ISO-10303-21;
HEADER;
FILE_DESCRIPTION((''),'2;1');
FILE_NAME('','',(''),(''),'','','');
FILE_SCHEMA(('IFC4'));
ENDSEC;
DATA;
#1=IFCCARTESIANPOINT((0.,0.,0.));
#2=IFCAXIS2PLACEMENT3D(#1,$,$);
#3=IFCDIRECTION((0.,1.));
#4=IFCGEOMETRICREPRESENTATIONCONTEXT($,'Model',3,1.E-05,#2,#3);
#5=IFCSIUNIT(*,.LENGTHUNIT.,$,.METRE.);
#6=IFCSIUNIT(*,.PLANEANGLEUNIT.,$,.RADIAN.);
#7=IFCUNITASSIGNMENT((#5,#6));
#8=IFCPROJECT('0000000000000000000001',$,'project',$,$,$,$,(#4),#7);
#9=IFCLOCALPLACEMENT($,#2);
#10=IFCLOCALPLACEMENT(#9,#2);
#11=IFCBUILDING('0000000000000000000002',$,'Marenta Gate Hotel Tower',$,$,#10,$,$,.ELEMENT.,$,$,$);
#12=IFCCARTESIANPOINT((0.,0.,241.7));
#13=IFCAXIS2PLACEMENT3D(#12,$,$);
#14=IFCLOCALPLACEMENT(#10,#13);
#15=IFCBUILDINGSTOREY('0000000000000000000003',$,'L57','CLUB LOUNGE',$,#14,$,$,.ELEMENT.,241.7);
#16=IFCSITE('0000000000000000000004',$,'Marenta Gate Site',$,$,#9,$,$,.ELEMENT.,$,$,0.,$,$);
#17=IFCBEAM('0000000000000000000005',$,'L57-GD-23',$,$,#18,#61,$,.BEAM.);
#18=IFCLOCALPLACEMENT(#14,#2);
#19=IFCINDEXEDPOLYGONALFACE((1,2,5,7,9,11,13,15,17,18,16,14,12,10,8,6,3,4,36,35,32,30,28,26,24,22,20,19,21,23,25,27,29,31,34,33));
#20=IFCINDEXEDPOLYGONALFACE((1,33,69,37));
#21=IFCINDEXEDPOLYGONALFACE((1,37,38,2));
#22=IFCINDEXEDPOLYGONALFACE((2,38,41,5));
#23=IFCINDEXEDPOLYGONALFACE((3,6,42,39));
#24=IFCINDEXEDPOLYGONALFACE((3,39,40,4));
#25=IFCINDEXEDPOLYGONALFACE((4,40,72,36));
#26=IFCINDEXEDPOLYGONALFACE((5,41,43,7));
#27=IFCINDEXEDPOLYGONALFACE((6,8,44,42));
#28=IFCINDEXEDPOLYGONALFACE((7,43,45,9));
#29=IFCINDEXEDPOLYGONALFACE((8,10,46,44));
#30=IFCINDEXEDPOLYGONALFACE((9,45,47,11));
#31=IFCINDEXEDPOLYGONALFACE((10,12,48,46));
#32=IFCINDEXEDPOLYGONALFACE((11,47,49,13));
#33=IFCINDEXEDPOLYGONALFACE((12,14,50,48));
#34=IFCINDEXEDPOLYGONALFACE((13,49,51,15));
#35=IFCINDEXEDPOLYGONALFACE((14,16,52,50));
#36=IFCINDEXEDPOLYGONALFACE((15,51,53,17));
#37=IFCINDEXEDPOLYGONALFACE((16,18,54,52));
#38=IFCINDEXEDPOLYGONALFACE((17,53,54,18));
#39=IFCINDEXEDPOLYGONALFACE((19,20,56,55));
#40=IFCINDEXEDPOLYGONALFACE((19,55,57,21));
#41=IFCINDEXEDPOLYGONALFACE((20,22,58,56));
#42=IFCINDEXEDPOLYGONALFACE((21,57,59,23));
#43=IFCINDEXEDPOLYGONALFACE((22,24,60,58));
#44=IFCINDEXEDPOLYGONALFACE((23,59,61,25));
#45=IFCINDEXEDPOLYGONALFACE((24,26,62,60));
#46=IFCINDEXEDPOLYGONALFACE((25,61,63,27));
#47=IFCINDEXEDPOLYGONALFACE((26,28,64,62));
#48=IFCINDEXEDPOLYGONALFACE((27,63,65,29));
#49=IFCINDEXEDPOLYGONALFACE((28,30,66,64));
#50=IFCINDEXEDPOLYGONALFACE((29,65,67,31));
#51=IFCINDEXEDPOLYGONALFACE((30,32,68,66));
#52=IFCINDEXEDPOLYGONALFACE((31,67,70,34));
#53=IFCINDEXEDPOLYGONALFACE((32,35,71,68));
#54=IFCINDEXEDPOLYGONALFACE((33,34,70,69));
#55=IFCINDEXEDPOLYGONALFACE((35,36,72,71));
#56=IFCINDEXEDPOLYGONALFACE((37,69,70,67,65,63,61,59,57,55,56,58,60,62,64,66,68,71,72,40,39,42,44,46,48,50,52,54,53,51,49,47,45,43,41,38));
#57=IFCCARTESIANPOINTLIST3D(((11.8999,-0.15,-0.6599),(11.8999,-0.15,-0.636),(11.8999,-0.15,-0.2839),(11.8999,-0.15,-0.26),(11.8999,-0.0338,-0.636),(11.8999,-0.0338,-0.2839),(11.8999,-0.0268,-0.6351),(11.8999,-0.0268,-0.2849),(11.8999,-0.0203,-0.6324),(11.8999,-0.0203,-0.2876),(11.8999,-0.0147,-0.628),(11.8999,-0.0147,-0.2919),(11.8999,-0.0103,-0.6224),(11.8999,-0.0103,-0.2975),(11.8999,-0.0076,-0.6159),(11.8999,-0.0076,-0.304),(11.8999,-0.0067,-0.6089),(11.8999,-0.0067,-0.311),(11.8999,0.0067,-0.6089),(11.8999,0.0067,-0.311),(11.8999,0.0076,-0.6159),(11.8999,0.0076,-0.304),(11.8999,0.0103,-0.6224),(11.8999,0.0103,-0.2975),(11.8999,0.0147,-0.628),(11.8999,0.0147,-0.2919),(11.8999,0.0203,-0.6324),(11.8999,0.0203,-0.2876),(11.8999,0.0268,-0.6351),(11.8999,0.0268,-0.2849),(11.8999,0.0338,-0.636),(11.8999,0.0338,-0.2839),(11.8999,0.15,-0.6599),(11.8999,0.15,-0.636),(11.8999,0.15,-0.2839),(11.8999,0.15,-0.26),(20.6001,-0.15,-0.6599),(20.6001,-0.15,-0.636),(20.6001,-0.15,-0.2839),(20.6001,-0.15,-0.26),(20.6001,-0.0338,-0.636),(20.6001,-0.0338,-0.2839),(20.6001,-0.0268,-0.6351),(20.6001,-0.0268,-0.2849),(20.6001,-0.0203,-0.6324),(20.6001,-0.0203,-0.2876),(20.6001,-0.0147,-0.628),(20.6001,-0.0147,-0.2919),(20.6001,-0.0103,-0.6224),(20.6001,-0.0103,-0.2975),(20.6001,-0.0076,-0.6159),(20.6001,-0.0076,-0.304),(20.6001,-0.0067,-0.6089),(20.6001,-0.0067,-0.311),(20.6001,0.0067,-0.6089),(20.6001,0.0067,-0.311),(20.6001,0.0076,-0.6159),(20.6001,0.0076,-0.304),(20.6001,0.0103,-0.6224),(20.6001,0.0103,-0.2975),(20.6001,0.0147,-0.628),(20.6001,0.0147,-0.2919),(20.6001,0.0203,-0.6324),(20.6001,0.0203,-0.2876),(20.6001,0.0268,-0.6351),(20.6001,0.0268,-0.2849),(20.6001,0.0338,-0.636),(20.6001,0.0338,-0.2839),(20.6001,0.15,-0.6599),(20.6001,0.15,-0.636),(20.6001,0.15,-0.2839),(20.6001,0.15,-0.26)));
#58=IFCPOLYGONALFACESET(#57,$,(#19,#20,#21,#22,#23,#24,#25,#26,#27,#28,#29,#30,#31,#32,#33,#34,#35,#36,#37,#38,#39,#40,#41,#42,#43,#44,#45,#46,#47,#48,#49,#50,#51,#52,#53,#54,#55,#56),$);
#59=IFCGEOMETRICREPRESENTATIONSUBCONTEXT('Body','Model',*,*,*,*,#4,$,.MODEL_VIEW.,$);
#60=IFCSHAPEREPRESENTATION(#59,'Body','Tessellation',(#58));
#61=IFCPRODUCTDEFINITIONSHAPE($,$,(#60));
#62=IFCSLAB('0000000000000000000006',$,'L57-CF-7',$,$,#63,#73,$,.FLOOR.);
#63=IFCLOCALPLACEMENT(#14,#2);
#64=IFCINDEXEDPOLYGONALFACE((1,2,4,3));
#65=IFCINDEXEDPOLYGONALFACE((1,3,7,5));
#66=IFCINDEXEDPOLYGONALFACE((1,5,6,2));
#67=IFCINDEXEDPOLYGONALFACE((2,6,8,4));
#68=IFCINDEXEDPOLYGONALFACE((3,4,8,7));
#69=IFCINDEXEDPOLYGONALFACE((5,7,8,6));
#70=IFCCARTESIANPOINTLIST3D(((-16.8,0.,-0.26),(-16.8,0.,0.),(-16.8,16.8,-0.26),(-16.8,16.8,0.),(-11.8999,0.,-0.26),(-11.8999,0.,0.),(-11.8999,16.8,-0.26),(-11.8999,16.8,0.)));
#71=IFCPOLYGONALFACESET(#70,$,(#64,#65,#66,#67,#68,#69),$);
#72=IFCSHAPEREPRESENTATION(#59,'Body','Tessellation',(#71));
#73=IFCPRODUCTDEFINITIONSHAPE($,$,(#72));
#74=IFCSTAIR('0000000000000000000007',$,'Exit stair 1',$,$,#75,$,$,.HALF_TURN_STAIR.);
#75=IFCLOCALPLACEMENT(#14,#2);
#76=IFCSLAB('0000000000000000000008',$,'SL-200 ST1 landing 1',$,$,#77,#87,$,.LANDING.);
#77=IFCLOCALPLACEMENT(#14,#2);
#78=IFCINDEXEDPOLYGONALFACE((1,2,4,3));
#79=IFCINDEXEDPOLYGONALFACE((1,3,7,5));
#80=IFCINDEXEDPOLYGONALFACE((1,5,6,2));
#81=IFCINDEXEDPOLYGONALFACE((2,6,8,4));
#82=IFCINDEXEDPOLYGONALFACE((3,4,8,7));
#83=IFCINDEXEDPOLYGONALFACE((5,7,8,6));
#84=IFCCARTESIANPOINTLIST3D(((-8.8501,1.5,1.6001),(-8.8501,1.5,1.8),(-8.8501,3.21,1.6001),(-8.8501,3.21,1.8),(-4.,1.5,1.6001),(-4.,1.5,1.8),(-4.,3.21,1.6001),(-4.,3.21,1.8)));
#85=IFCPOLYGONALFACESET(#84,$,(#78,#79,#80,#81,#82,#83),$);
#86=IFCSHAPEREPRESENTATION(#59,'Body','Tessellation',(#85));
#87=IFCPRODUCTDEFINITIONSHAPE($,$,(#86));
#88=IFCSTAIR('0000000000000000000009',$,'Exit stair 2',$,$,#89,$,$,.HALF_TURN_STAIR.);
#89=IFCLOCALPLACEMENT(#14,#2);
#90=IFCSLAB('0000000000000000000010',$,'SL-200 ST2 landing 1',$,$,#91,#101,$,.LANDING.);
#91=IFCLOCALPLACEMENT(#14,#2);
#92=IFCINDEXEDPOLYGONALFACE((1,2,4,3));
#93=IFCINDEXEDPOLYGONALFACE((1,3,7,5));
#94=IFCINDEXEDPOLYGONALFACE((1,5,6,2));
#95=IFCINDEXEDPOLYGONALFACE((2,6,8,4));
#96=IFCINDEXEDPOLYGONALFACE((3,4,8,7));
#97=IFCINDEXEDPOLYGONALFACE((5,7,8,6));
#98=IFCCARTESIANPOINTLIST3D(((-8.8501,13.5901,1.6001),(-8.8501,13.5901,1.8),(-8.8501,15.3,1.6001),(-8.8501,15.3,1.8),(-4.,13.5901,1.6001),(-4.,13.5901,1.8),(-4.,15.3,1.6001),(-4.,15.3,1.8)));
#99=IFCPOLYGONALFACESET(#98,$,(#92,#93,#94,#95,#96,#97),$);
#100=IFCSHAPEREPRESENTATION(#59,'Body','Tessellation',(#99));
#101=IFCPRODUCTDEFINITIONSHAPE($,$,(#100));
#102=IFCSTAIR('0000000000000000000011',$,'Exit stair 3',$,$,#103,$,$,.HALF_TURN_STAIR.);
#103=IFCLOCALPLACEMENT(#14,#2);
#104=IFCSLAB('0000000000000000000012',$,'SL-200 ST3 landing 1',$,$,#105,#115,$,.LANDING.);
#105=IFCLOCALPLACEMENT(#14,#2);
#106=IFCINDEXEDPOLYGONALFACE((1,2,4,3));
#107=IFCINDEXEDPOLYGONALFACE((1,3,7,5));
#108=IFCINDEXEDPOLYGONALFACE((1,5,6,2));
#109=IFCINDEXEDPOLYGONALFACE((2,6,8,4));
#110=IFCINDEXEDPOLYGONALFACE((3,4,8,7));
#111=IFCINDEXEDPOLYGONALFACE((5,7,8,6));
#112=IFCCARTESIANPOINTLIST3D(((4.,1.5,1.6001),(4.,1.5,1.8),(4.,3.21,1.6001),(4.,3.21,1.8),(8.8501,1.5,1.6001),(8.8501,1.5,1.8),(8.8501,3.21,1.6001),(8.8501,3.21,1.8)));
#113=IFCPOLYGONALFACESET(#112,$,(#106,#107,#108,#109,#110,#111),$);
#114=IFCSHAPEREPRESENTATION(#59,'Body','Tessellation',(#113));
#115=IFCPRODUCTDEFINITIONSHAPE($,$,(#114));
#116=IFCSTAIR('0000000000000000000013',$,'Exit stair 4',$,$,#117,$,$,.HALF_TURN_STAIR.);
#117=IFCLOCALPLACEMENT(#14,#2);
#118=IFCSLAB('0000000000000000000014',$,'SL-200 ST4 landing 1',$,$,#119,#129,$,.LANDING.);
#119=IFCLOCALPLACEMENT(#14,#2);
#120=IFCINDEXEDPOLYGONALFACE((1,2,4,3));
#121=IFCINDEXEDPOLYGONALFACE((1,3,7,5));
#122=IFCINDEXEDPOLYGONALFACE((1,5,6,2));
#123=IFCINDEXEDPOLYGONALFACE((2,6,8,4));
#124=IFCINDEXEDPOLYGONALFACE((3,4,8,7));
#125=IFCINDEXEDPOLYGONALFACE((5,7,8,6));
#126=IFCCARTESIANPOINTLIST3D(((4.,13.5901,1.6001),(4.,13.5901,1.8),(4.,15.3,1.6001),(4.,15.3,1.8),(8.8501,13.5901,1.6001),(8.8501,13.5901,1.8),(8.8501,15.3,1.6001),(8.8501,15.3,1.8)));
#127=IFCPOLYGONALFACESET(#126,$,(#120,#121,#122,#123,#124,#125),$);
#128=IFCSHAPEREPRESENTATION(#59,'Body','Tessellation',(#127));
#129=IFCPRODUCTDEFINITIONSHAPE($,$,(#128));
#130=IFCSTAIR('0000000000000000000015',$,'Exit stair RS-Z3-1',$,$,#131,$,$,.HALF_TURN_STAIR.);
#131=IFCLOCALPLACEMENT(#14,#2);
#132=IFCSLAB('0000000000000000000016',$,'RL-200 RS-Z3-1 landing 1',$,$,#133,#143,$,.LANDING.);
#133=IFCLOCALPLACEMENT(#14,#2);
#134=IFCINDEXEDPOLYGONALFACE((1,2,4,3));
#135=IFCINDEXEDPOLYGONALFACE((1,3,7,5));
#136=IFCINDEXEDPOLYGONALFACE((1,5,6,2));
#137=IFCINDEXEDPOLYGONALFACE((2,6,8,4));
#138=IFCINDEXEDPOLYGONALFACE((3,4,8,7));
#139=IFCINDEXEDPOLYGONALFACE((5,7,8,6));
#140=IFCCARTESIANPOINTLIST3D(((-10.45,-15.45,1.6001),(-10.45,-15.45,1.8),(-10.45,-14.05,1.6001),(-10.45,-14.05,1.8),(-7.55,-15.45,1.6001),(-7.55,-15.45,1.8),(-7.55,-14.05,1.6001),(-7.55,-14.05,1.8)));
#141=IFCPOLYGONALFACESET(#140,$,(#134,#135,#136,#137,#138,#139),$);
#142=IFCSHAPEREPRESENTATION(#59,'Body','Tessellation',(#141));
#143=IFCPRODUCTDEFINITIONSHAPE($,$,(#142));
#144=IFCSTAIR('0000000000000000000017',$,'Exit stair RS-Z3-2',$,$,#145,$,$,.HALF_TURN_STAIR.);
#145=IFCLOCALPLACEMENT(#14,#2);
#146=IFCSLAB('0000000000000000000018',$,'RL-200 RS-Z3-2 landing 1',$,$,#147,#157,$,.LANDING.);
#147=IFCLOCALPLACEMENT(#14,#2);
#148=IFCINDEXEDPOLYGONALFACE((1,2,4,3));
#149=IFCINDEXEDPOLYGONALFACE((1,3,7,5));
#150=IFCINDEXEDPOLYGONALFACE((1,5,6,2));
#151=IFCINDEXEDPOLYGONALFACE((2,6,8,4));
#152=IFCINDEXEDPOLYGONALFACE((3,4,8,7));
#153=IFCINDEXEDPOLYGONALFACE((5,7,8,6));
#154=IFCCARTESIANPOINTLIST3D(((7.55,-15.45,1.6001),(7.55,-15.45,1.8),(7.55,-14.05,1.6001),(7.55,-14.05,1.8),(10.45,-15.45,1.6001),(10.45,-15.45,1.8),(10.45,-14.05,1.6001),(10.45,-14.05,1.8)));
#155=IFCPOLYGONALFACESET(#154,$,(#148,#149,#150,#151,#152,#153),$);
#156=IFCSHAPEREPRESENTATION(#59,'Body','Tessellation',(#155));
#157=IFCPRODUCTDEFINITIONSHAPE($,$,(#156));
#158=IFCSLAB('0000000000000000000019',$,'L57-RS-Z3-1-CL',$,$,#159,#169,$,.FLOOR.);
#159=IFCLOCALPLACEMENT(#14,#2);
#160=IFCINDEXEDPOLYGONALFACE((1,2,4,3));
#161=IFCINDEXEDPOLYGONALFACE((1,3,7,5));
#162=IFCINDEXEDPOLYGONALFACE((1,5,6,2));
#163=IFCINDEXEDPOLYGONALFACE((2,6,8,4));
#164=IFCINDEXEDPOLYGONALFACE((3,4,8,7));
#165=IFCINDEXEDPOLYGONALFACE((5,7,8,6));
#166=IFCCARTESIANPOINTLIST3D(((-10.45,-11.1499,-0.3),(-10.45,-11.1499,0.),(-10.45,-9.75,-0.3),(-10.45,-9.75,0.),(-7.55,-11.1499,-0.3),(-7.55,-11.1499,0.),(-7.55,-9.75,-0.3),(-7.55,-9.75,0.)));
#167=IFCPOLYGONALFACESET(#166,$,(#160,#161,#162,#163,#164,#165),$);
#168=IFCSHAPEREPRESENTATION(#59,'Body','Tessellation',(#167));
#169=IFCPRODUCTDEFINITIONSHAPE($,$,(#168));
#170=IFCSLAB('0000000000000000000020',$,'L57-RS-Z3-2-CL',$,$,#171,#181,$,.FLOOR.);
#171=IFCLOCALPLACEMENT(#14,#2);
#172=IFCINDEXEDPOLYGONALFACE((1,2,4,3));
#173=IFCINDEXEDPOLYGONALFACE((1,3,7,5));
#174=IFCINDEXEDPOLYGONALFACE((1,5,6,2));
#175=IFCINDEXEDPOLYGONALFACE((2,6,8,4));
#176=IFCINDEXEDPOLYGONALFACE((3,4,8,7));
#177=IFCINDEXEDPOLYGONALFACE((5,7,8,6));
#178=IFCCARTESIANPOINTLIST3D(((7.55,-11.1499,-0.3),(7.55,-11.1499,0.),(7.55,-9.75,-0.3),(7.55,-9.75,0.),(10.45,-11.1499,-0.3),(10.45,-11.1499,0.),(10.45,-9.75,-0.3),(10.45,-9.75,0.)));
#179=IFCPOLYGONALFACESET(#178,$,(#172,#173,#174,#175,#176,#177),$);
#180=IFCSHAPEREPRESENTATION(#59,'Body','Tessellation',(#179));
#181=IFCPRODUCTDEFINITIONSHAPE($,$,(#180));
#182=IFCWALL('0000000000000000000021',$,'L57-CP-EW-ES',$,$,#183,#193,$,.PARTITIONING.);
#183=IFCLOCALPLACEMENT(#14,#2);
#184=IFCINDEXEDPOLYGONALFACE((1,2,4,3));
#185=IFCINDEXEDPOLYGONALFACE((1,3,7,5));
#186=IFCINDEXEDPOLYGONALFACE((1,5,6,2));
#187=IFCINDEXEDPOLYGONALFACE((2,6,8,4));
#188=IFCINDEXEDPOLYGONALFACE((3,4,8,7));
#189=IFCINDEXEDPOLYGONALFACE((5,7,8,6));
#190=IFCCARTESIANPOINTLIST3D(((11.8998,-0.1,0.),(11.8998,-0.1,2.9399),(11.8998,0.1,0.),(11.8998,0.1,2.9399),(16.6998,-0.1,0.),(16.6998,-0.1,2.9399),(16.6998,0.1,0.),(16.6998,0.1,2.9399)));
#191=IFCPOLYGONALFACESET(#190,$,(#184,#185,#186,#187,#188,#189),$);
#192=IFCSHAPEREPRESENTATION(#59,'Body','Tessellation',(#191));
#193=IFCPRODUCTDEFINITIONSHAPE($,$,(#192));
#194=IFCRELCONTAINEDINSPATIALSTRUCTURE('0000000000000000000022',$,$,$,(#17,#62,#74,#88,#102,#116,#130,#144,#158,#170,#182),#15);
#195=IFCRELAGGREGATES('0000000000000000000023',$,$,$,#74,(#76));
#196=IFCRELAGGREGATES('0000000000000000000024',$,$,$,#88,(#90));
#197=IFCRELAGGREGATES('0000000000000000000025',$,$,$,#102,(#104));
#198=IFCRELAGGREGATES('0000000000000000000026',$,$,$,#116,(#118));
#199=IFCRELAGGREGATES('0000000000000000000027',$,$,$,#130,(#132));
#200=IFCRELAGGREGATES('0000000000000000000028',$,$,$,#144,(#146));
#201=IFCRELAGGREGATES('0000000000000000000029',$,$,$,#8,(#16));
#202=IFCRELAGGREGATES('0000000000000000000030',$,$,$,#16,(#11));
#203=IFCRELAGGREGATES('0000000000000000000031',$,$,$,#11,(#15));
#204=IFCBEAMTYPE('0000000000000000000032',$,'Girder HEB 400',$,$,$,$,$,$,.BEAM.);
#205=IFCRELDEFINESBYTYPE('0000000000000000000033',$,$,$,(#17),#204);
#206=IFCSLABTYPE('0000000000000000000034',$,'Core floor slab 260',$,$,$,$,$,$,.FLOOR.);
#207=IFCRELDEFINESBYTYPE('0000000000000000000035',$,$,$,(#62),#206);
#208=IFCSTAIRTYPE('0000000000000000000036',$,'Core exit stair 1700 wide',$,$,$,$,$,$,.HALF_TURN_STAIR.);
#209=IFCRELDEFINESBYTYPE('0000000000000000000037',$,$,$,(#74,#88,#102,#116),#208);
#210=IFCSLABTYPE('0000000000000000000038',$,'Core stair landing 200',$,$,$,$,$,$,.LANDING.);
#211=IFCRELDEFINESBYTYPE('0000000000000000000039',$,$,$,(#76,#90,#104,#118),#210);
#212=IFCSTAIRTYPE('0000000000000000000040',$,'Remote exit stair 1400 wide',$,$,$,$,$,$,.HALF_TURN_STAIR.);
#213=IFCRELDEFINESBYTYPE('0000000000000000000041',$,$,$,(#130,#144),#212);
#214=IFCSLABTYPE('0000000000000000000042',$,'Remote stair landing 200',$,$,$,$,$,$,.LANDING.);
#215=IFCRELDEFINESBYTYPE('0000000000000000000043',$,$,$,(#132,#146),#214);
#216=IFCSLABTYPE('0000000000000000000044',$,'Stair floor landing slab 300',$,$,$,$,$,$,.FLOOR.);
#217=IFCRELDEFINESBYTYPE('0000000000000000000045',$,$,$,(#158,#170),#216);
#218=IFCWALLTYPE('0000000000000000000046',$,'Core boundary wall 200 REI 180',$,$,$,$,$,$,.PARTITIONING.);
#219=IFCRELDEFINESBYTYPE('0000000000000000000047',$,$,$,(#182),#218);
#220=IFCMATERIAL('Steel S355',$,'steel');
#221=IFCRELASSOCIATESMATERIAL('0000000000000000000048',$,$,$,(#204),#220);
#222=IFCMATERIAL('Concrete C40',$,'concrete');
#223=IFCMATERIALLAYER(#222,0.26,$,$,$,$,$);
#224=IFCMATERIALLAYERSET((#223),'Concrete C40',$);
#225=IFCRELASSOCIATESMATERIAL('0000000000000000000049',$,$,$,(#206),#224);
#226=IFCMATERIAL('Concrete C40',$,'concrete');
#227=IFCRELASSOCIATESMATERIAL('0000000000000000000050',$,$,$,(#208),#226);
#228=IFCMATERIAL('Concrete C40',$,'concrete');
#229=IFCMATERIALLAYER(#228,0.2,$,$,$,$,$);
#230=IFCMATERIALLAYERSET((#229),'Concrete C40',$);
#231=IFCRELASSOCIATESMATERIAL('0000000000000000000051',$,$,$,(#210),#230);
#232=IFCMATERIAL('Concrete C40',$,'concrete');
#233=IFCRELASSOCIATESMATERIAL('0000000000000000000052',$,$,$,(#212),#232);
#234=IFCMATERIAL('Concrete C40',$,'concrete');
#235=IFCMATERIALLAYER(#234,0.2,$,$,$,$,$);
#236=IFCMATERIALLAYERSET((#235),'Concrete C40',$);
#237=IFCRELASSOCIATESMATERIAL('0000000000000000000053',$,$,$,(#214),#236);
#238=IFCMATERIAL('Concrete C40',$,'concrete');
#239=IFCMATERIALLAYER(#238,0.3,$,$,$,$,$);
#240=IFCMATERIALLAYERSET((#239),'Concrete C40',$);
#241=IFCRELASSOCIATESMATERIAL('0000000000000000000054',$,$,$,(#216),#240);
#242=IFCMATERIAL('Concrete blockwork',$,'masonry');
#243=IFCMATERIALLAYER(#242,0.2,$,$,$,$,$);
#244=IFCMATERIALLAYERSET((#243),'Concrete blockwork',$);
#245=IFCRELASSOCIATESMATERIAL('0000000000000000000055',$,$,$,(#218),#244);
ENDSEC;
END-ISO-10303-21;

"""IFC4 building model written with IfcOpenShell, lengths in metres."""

from ifc_helpers import new_model, si_unit, direction, frame, frame_2d, origin, origin_2d, place, context, subcontext, project, spatial, polyline, rectangle, i_section, outline, extrude, material, layer, layer_set, material_profile, profile_set, type_object, element, aggregate, save


model = new_model("IFC4")

# Units and contexts
model_context = context("Model", 3, precision=1e-05, world=origin(), true_north=direction((0.0, 1.0)))
body_context = subcontext(model_context, "Body", "Model", "MODEL_VIEW")
ifc_project = project(units=[si_unit("LENGTHUNIT", "METRE"), si_unit("PLANEANGLEUNIT", "RADIAN")], contexts=[model_context])

# Site, building, storey
site_placement = place(None, origin())
site = spatial("IfcSite", under=ifc_project, at=site_placement, Name="Marenta Gate Site", CompositionType="ELEMENT", RefElevation=0.0)
building_placement = place(site_placement, origin())
building = spatial("IfcBuilding", under=site, at=building_placement, Name="Marenta Gate Hotel Tower", CompositionType="ELEMENT")
storey_placement = place(building_placement, frame((0.0, 0.0, 241.7)))
storey = spatial("IfcBuildingStorey", under=building, at=storey_placement, Name="L57", Description="CLUB LOUNGE", CompositionType="ELEMENT", Elevation=241.7)

# Beam
ifc_material_1 = material(Name="Steel S355", Category="steel")
ifc_material_profile = material_profile(ifc_material_1, i_section(OverallWidth=0.3, OverallDepth=0.3999, WebThickness=0.0134, FlangeThickness=0.0239, FilletRadius=0.0271, at=origin_2d()), Name="HEB 400")
ifc_profile_set = profile_set([ifc_material_profile], Name="Steel S355")
beam_type = type_object("IfcBeamType", Name="Girder HEB 400", PredefinedType="BEAM", material=ifc_profile_set)
beam_placement = place(storey_placement, frame((11.8999, 0.0, -0.46), z_axis=(1.0, 0.0, 0.0), x_axis=(0.0, 1.0, 0.0)))
element("IfcBeam", 1, at=beam_placement, inside=storey, type_object=beam_type, Name="L57-GD-23", PredefinedType="BEAM", context=body_context, shape_type="SweptSolid", body=[
    extrude(i_section(OverallWidth=0.3, OverallDepth=0.3999, WebThickness=0.0134, FlangeThickness=0.0239, FilletRadius=0.0271, at=origin_2d()), origin(), (0.0, 0.0, 1.0), 8.7002),
])

# Slab
ifc_material_2 = material(Name="Concrete C40", Category="concrete")
ifc_layer_1 = layer(ifc_material_2, 0.26)
ifc_layer_set_1 = layer_set([ifc_layer_1], Name="Concrete C40")
slab_type_1 = type_object("IfcSlabType", Name="Core floor slab 260", PredefinedType="FLOOR", material=ifc_layer_set_1)
slab_1_placement = place(storey_placement, frame((0.0, 0.0, -0.26)))
element("IfcSlab", 2, at=slab_1_placement, inside=storey, type_object=slab_type_1, Name="L57-CF-7", PredefinedType="FLOOR", context=body_context, shape_type="SweptSolid", body=[
    extrude(outline(polyline([(-11.8999, 16.8), (-11.8999, 0.0), (-16.8, 0.0), (-16.8, 16.8), (-11.8999, 16.8)])), origin(), (0.0, 0.0, 1.0), 0.26),
])

# Stairs, slabs
ifc_material_3 = material(Name="Concrete C40", Category="concrete")
stair_type_1 = type_object("IfcStairType", Name="Core exit stair 1700 wide", PredefinedType="HALF_TURN_STAIR", material=ifc_material_3)
stair_1_placement = place(storey_placement, origin())
stair_1 = element("IfcStair", 3, at=stair_1_placement, inside=storey, type_object=stair_type_1, Name="Exit stair 1", PredefinedType="HALF_TURN_STAIR")
ifc_material_4 = material(Name="Concrete C40", Category="concrete")
ifc_layer_2 = layer(ifc_material_4, 0.2)
ifc_layer_set_2 = layer_set([ifc_layer_2], Name="Concrete C40")
slab_type_2 = type_object("IfcSlabType", Name="Core stair landing 200", PredefinedType="LANDING", material=ifc_layer_set_2)
slab_2_placement = place(storey_placement, frame((0.0, 0.0, 1.6001)))
slab_2 = element("IfcSlab", 4, at=slab_2_placement, type_object=slab_type_2, Name="SL-200 ST1 landing 1", PredefinedType="LANDING", context=body_context, shape_type="SweptSolid", body=[
    extrude(outline(polyline([(-8.8501, 1.5), (-4.0, 1.5), (-4.0, 3.21), (-8.8501, 3.21), (-8.8501, 1.5)])), origin(), (0.0, 0.0, 1.0), 0.2),
])
aggregate(stair_1, [slab_2])
stair_2_placement = place(storey_placement, origin())
stair_2 = element("IfcStair", 5, at=stair_2_placement, inside=storey, type_object=stair_type_1, Name="Exit stair 2", PredefinedType="HALF_TURN_STAIR")
slab_3_placement = place(storey_placement, frame((0.0, 0.0, 1.6001)))
slab_3 = element("IfcSlab", 6, at=slab_3_placement, type_object=slab_type_2, Name="SL-200 ST2 landing 1", PredefinedType="LANDING", context=body_context, shape_type="SweptSolid", body=[
    extrude(outline(polyline([(-8.8501, 13.5901), (-4.0, 13.5901), (-4.0, 15.3), (-8.8501, 15.3), (-8.8501, 13.5901)])), origin(), (0.0, 0.0, 1.0), 0.2),
])
aggregate(stair_2, [slab_3])
stair_3_placement = place(storey_placement, origin())
stair_3 = element("IfcStair", 7, at=stair_3_placement, inside=storey, type_object=stair_type_1, Name="Exit stair 3", PredefinedType="HALF_TURN_STAIR")
slab_4_placement = place(storey_placement, frame((0.0, 0.0, 1.6001)))
slab_4 = element("IfcSlab", 8, at=slab_4_placement, type_object=slab_type_2, Name="SL-200 ST3 landing 1", PredefinedType="LANDING", context=body_context, shape_type="SweptSolid", body=[
    extrude(outline(polyline([(4.0, 1.5), (8.8501, 1.5), (8.8501, 3.21), (4.0, 3.21), (4.0, 1.5)])), origin(), (0.0, 0.0, 1.0), 0.2),
])
aggregate(stair_3, [slab_4])
stair_4_placement = place(storey_placement, origin())
stair_4 = element("IfcStair", 9, at=stair_4_placement, inside=storey, type_object=stair_type_1, Name="Exit stair 4", PredefinedType="HALF_TURN_STAIR")
slab_5_placement = place(storey_placement, frame((0.0, 0.0, 1.6001)))
slab_5 = element("IfcSlab", 10, at=slab_5_placement, type_object=slab_type_2, Name="SL-200 ST4 landing 1", PredefinedType="LANDING", context=body_context, shape_type="SweptSolid", body=[
    extrude(outline(polyline([(4.0, 13.5901), (8.8501, 13.5901), (8.8501, 15.3), (4.0, 15.3), (4.0, 13.5901)])), origin(), (0.0, 0.0, 1.0), 0.2),
])
aggregate(stair_4, [slab_5])
ifc_material_5 = material(Name="Concrete C40", Category="concrete")
stair_type_2 = type_object("IfcStairType", Name="Remote exit stair 1400 wide", PredefinedType="HALF_TURN_STAIR", material=ifc_material_5)
stair_5_placement = place(storey_placement, origin())
stair_5 = element("IfcStair", 11, at=stair_5_placement, inside=storey, type_object=stair_type_2, Name="Exit stair RS-Z3-1", PredefinedType="HALF_TURN_STAIR")
ifc_material_6 = material(Name="Concrete C40", Category="concrete")
ifc_layer_3 = layer(ifc_material_6, 0.2)
ifc_layer_set_3 = layer_set([ifc_layer_3], Name="Concrete C40")
slab_type_3 = type_object("IfcSlabType", Name="Remote stair landing 200", PredefinedType="LANDING", material=ifc_layer_set_3)
slab_6_placement = place(storey_placement, frame((0.0, 0.0, 1.6001)))
slab_6 = element("IfcSlab", 12, at=slab_6_placement, type_object=slab_type_3, Name="RL-200 RS-Z3-1 landing 1", PredefinedType="LANDING", context=body_context, shape_type="SweptSolid", body=[
    extrude(outline(polyline([(-10.45, -15.45), (-7.55, -15.45), (-7.55, -14.05), (-10.45, -14.05), (-10.45, -15.45)])), origin(), (0.0, 0.0, 1.0), 0.2),
])
aggregate(stair_5, [slab_6])
stair_6_placement = place(storey_placement, origin())
stair_6 = element("IfcStair", 13, at=stair_6_placement, inside=storey, type_object=stair_type_2, Name="Exit stair RS-Z3-2", PredefinedType="HALF_TURN_STAIR")
slab_7_placement = place(storey_placement, frame((0.0, 0.0, 1.6001)))
slab_7 = element("IfcSlab", 14, at=slab_7_placement, type_object=slab_type_3, Name="RL-200 RS-Z3-2 landing 1", PredefinedType="LANDING", context=body_context, shape_type="SweptSolid", body=[
    extrude(outline(polyline([(7.55, -15.45), (10.45, -15.45), (10.45, -14.05), (7.55, -14.05), (7.55, -15.45)])), origin(), (0.0, 0.0, 1.0), 0.2),
])
aggregate(stair_6, [slab_7])

# Slabs
ifc_material_7 = material(Name="Concrete C40", Category="concrete")
ifc_layer_4 = layer(ifc_material_7, 0.3)
ifc_layer_set_4 = layer_set([ifc_layer_4], Name="Concrete C40")
slab_type_4 = type_object("IfcSlabType", Name="Stair floor landing slab 300", PredefinedType="FLOOR", material=ifc_layer_set_4)
slab_8_placement = place(storey_placement, frame((0.0, 0.0, -0.3)))
element("IfcSlab", 15, at=slab_8_placement, inside=storey, type_object=slab_type_4, Name="L57-RS-Z3-1-CL", PredefinedType="FLOOR", context=body_context, shape_type="SweptSolid", body=[
    extrude(outline(polyline([(-7.55, -11.1499), (-7.55, -9.75), (-10.45, -9.75), (-10.45, -11.1499), (-7.55, -11.1499)])), origin(), (0.0, 0.0, 1.0), 0.3),
])
slab_9_placement = place(storey_placement, frame((0.0, 0.0, -0.3)))
element("IfcSlab", 16, at=slab_9_placement, inside=storey, type_object=slab_type_4, Name="L57-RS-Z3-2-CL", PredefinedType="FLOOR", context=body_context, shape_type="SweptSolid", body=[
    extrude(outline(polyline([(10.45, -11.1499), (10.45, -9.75), (7.55, -9.75), (7.55, -11.1499), (10.45, -11.1499)])), origin(), (0.0, 0.0, 1.0), 0.3),
])

# Wall
ifc_material_8 = material(Name="Concrete blockwork", Category="masonry")
ifc_layer_5 = layer(ifc_material_8, 0.2)
ifc_layer_set_5 = layer_set([ifc_layer_5], Name="Concrete blockwork")
wall_type_1 = type_object("IfcWallType", Name="Core boundary wall 200 REI 180", PredefinedType="PARTITIONING", material=ifc_layer_set_5)
wall_1_placement = place(storey_placement, frame((11.8999, 0.0, 0.0), z_axis=(0.0, 0.0, 1.0), x_axis=(1.0, 0.0, 0.0)))
element("IfcWall", 17, at=wall_1_placement, inside=storey, type_object=wall_type_1, Name="L57-CP-EW-ES", PredefinedType="PARTITIONING", context=body_context, shape_type="SweptSolid", body=[
    extrude(rectangle(XDim=4.8, YDim=0.2, at=frame_2d((2.3999, 0.0))), origin(), (0.0, 0.0, 1.0), 2.9399),
])

save(model, "model.ifc")
